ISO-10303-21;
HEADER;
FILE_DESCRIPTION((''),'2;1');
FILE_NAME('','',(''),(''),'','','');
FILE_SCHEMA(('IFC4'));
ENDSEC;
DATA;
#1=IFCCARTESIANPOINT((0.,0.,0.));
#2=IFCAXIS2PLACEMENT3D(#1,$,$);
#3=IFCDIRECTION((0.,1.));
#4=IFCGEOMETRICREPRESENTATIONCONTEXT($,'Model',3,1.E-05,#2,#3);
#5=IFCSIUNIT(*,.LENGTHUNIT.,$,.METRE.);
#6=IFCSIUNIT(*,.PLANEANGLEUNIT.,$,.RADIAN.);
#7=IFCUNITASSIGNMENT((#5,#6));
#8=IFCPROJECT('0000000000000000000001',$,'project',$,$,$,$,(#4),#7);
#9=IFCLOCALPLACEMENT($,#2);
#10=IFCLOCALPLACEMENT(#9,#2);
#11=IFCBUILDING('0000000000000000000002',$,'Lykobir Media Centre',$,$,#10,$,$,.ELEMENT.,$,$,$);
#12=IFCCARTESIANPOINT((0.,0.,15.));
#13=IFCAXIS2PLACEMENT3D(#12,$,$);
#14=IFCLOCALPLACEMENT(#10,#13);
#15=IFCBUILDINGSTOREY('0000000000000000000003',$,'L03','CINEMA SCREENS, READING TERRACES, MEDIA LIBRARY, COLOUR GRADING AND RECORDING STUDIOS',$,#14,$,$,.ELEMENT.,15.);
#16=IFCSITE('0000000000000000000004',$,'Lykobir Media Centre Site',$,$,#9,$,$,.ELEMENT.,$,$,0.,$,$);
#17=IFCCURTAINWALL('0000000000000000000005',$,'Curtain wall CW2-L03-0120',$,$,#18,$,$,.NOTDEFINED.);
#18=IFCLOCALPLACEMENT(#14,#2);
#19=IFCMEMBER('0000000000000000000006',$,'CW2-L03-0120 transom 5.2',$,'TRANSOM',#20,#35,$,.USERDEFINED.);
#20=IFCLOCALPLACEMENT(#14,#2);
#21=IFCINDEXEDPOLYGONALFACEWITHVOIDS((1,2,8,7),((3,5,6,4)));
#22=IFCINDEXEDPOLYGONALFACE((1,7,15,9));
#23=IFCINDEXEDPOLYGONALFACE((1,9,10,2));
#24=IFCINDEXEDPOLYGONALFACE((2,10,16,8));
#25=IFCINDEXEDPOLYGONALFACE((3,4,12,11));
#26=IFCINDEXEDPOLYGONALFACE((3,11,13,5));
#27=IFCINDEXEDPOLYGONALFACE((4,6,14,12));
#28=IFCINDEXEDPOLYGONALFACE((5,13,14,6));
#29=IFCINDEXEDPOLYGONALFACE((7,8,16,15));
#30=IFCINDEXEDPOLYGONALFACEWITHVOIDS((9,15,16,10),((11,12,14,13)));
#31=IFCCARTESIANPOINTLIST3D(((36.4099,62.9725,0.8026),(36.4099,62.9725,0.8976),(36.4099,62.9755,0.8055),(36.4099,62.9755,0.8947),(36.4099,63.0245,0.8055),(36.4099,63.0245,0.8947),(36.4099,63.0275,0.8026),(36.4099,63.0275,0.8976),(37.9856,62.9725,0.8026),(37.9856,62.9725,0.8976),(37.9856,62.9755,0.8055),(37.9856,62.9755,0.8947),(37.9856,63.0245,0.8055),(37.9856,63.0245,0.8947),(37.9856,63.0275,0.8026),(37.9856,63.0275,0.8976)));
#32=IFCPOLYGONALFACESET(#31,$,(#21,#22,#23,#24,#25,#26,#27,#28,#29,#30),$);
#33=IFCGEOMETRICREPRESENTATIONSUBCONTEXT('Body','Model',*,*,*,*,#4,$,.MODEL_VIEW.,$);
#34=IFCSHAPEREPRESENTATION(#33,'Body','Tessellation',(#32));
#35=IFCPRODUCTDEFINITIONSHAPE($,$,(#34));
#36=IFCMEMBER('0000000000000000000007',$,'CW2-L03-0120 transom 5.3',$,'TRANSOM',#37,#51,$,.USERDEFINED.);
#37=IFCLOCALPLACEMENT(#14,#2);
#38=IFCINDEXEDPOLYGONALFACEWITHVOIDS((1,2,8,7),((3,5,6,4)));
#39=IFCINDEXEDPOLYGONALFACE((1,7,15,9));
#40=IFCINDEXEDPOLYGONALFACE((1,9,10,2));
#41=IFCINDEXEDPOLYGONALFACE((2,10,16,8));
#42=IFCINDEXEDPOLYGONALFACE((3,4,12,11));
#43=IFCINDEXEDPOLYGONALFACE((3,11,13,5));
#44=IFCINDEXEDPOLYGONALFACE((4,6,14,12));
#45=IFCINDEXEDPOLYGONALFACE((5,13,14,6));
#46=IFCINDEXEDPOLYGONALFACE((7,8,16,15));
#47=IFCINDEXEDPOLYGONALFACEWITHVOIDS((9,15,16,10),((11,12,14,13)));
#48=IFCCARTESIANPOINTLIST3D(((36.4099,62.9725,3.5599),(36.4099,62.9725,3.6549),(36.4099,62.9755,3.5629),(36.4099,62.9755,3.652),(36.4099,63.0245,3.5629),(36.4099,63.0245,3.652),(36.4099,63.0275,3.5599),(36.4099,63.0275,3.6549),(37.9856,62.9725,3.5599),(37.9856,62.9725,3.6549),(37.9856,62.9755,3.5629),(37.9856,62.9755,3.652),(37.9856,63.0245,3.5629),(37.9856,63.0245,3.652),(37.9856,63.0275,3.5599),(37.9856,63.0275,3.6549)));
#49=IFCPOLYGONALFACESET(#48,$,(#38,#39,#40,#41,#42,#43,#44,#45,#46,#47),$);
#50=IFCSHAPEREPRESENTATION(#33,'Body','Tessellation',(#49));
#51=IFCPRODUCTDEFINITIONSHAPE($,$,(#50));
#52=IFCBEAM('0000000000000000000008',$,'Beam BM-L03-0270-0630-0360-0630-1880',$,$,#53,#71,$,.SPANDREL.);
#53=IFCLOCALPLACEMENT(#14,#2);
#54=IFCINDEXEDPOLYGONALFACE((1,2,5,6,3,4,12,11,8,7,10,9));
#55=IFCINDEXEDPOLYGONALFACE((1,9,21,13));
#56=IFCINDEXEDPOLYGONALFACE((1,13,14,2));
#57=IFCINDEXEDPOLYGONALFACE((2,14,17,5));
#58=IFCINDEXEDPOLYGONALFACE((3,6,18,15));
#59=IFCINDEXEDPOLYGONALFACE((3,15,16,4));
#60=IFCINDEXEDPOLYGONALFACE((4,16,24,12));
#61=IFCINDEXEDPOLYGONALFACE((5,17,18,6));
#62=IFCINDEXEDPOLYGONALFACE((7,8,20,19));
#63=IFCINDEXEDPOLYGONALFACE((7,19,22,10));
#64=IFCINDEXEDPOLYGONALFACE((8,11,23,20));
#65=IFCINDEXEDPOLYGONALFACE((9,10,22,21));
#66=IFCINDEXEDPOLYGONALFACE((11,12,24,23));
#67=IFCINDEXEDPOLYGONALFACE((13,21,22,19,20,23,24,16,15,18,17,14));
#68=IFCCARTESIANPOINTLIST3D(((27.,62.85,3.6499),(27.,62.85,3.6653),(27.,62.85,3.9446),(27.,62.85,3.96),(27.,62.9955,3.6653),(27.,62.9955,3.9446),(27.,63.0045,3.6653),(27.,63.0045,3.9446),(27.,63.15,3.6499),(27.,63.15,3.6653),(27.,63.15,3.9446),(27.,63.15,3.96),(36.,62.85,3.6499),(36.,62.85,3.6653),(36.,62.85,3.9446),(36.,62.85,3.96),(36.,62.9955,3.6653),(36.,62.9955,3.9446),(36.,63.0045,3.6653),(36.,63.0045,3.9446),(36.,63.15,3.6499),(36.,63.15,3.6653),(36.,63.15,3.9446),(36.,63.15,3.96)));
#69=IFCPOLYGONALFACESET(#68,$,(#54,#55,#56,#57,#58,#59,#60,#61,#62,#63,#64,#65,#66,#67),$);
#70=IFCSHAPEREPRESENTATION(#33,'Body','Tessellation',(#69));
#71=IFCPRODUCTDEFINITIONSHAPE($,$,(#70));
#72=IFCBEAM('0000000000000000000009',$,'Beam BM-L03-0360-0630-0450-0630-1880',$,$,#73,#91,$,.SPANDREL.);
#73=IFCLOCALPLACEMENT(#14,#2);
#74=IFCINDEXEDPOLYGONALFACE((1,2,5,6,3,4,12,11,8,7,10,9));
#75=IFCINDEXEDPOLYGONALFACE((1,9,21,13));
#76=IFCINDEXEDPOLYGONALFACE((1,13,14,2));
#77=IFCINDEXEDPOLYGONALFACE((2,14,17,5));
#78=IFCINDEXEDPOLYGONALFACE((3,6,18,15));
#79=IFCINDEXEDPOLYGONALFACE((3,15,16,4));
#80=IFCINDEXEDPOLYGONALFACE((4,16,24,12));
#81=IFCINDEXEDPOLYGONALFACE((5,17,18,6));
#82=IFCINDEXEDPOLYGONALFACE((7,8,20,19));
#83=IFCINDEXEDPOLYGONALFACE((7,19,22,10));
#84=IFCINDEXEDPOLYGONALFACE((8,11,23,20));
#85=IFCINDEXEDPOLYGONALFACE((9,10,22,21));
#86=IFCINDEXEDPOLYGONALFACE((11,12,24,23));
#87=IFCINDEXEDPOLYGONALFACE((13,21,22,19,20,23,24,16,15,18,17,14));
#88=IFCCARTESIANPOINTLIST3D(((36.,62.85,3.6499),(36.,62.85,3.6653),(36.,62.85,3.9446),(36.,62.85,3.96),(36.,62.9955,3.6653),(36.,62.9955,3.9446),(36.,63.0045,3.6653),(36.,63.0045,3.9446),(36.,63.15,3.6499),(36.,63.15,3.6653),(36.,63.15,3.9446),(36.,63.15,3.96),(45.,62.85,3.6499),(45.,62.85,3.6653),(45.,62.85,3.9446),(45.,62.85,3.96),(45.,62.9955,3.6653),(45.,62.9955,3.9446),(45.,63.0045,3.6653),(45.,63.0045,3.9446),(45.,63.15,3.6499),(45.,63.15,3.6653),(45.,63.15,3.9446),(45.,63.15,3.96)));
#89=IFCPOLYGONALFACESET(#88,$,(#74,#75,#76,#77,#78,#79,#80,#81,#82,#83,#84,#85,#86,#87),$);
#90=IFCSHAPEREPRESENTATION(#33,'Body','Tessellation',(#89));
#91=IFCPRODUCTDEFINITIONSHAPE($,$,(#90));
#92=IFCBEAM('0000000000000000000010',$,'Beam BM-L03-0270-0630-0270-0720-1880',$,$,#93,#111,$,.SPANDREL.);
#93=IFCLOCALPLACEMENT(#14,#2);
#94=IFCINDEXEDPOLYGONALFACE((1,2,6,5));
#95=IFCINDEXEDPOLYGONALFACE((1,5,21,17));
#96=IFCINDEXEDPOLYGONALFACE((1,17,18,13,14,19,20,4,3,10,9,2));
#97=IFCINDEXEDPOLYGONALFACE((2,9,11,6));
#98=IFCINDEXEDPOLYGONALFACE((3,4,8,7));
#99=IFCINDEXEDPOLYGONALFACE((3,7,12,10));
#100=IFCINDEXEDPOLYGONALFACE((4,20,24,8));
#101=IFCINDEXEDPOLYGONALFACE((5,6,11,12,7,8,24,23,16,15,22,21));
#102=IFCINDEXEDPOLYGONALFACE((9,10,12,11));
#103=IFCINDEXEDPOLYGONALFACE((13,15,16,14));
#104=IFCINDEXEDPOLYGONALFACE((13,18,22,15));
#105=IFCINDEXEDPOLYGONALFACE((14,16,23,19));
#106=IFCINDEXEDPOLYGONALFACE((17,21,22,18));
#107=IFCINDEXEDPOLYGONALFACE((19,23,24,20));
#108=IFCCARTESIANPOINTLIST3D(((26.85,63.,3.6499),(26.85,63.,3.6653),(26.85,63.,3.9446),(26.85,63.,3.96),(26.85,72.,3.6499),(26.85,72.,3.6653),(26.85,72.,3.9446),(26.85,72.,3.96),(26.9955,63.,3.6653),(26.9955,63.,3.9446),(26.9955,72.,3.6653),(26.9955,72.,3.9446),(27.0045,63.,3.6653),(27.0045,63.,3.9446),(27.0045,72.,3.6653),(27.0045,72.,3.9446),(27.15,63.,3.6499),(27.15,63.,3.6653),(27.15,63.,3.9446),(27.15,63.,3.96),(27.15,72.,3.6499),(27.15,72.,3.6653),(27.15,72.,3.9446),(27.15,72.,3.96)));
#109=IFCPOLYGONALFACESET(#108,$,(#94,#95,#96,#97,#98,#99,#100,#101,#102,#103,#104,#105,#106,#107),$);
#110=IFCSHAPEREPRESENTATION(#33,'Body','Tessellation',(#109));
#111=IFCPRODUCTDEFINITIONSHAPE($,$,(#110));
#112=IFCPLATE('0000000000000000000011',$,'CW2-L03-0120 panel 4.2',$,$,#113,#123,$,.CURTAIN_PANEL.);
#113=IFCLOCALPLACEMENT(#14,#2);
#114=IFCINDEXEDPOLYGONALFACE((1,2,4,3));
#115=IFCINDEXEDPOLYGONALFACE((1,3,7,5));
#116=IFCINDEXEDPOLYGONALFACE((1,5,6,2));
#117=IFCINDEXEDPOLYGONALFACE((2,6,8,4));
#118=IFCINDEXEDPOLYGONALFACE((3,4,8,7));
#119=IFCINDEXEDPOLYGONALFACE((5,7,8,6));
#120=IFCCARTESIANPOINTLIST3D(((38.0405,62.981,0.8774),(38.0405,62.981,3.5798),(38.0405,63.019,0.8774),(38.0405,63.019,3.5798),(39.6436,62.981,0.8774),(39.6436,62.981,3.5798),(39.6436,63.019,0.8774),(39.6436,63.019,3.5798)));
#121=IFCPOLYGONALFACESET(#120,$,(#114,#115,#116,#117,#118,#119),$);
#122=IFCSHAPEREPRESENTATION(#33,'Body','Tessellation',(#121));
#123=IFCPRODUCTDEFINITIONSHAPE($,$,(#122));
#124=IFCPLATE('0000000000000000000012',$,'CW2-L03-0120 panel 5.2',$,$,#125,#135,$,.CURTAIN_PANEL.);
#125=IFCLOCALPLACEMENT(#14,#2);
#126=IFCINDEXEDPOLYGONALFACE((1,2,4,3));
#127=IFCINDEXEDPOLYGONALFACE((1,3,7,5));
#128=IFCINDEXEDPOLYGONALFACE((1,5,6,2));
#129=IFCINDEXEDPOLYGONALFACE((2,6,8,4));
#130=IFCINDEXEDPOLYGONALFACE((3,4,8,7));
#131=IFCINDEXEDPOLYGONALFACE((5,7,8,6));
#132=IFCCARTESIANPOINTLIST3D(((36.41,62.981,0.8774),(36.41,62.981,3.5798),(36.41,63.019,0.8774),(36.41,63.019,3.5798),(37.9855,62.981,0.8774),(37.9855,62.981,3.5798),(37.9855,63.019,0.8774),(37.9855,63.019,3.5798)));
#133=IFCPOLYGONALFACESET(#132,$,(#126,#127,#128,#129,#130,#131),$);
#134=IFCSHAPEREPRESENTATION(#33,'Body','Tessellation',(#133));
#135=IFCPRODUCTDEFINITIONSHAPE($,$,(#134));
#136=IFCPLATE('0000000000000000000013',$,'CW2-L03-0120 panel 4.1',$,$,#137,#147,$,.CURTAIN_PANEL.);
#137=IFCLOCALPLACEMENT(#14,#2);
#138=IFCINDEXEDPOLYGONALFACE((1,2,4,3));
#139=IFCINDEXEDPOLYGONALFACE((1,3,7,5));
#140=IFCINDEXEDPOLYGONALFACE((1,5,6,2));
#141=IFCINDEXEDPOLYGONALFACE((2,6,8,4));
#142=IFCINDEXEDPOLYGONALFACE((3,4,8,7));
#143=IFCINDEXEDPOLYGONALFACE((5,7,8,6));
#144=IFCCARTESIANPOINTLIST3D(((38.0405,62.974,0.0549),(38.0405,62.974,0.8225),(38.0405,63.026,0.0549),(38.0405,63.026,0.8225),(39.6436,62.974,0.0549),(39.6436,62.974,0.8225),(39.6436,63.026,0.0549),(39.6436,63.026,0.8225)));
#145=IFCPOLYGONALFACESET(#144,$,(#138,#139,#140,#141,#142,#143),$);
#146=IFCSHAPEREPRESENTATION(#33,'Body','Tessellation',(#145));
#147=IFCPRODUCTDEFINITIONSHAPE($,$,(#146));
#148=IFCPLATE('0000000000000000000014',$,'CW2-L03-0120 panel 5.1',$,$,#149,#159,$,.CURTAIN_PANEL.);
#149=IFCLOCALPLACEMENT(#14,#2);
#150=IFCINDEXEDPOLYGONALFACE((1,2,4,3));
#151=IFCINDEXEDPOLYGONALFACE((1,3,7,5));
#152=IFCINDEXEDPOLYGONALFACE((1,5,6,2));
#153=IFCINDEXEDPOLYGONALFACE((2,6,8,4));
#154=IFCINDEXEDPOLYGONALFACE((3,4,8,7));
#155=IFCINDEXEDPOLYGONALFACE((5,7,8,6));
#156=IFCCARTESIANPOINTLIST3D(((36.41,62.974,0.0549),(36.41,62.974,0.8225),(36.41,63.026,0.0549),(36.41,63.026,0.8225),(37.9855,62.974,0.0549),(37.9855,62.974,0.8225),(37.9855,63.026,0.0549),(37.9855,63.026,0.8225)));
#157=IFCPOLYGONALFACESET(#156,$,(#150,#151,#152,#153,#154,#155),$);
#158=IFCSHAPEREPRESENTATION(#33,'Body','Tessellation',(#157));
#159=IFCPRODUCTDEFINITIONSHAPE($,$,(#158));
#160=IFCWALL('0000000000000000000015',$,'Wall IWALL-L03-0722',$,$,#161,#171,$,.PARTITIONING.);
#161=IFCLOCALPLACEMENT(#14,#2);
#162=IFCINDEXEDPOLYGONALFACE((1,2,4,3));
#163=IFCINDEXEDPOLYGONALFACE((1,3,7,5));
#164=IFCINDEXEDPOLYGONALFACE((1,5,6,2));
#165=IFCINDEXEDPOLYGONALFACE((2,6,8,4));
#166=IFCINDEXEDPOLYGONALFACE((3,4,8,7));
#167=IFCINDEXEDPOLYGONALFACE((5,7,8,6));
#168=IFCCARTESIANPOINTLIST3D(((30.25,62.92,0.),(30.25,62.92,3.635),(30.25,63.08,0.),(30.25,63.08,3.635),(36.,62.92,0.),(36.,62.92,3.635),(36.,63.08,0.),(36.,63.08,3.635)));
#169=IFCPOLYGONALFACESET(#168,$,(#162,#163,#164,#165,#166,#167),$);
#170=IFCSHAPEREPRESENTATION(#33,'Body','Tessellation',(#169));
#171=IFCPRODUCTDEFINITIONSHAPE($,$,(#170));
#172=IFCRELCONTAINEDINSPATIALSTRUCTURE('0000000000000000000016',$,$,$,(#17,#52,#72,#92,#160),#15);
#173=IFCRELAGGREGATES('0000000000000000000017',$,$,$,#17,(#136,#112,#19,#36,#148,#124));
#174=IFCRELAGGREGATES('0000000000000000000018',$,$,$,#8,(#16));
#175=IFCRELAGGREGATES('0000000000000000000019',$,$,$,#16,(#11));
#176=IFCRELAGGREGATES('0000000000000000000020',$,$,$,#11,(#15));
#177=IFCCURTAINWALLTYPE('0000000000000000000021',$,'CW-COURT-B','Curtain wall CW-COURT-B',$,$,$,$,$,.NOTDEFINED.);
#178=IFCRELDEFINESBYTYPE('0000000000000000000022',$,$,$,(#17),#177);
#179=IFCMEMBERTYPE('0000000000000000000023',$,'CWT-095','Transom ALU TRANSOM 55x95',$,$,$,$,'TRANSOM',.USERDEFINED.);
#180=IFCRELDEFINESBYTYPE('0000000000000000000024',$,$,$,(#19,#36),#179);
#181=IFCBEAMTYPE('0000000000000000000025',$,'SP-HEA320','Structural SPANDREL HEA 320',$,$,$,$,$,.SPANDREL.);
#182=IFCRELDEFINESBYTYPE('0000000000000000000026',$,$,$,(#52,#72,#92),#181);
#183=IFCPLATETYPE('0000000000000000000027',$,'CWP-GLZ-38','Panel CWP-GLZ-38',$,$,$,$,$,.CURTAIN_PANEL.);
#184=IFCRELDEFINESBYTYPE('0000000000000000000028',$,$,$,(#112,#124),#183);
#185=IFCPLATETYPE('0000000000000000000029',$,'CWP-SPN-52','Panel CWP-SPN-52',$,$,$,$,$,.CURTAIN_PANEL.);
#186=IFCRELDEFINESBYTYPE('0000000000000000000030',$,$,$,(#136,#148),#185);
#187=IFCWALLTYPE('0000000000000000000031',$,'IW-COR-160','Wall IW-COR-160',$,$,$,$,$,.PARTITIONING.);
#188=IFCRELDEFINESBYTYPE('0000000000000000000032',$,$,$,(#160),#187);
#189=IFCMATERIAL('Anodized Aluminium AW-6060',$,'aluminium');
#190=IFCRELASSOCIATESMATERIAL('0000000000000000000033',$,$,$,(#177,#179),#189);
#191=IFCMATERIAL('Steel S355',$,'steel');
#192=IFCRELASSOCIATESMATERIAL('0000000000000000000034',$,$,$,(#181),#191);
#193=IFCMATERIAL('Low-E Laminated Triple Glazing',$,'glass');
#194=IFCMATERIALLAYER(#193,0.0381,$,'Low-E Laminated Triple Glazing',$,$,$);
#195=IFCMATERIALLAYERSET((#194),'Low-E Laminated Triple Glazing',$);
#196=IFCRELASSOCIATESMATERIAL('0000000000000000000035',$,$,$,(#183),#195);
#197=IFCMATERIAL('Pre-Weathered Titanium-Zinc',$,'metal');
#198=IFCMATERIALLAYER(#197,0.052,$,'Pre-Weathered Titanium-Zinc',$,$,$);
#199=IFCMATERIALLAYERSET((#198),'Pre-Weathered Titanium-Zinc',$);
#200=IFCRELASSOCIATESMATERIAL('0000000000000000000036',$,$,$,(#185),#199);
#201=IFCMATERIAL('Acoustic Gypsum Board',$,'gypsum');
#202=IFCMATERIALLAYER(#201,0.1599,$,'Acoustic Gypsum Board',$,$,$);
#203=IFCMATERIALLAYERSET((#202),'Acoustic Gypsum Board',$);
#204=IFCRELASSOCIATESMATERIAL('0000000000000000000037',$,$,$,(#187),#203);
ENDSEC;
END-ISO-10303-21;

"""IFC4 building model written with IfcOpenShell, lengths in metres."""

from ifc_helpers import new_model, si_unit, direction, frame, frame_2d, origin, origin_2d, place, context, subcontext, project, spatial, rectangle, hollow_rectangle, i_section, extrude, material, layer, layer_set, material_profile, profile_set, type_object, element, aggregate, save


model = new_model("IFC4")

# Units and contexts
model_context = context("Model", 3, precision=1e-05, world=origin(), true_north=direction((0.0, 1.0)))
body_context = subcontext(model_context, "Body", "Model", "MODEL_VIEW")
ifc_project = project(units=[si_unit("LENGTHUNIT", "METRE"), si_unit("PLANEANGLEUNIT", "RADIAN")], contexts=[model_context])

# Site, building, storey
site_placement = place(None, origin())
site = spatial("IfcSite", under=ifc_project, at=site_placement, Name="Lykobir Media Centre Site", CompositionType="ELEMENT", RefElevation=0.0)
building_placement = place(site_placement, origin())
building = spatial("IfcBuilding", under=site, at=building_placement, Name="Lykobir Media Centre", CompositionType="ELEMENT")
storey_placement = place(building_placement, frame((0.0, 0.0, 15.0)))
storey = spatial("IfcBuildingStorey", under=building, at=storey_placement, Name="L03", Description="CINEMA SCREENS, READING TERRACES, MEDIA LIBRARY, COLOUR GRADING AND RECORDING STUDIOS", CompositionType="ELEMENT", Elevation=15.0)

# Shared definitions
ifc_material_1 = material(Name="Steel S355", Category="steel")

# Shared definitions
ifc_material_2 = material(Name="Anodized Aluminium AW-6060", Category="aluminium")
curtain_wall_type = type_object("IfcCurtainWallType", Name="CW-COURT-B", Description="Curtain wall CW-COURT-B", PredefinedType="NOTDEFINED", material=ifc_material_2)

# Curtain wall
curtain_wall_1_placement = place(storey_placement, origin())
curtain_wall_1 = element("IfcCurtainWall", 1, at=curtain_wall_1_placement, inside=storey, type_object=curtain_wall_type, Name="Curtain wall CW2-L03-0120", PredefinedType="NOTDEFINED")

# Members
ifc_material_profile_1 = material_profile(ifc_material_2, hollow_rectangle(XDim=0.0549, YDim=0.095, WallThickness=0.0029, at=origin_2d()), Name="ALU TRANSOM 55x95")
ifc_profile_set_1 = profile_set([ifc_material_profile_1], Name="Anodized Aluminium AW-6060")
member_type_1 = type_object("IfcMemberType", Name="CWT-095", Description="Transom ALU TRANSOM 55x95", ElementType="TRANSOM", PredefinedType="USERDEFINED", material=ifc_profile_set_1)
member_1_placement = place(storey_placement, frame((37.9856, 63.0, 0.8501), z_axis=(-1.0, 0.0, 0.0), x_axis=(0.0, -1.0, 0.0)))
member_1 = element("IfcMember", 2, at=member_1_placement, type_object=member_type_1, Name="CW2-L03-0120 transom 5.2", ObjectType="TRANSOM", PredefinedType="USERDEFINED", context=body_context, shape_type="SweptSolid", body=[
    extrude(hollow_rectangle(XDim=0.0549, YDim=0.095, WallThickness=0.0029, at=origin_2d()), origin(), (0.0, 0.0, 1.0), 1.5757),
])
member_2_placement = place(storey_placement, frame((37.9856, 63.0, 3.6074), z_axis=(-1.0, 0.0, 0.0), x_axis=(0.0, -1.0, 0.0)))
member_2 = element("IfcMember", 3, at=member_2_placement, type_object=member_type_1, Name="CW2-L03-0120 transom 5.3", ObjectType="TRANSOM", PredefinedType="USERDEFINED", context=body_context, shape_type="SweptSolid", body=[
    extrude(hollow_rectangle(XDim=0.0549, YDim=0.095, WallThickness=0.0029, at=origin_2d()), origin(), (0.0, 0.0, 1.0), 1.5757),
])

# Beams
ifc_material_profile_2 = material_profile(ifc_material_1, i_section(OverallWidth=0.3, OverallDepth=0.3101, WebThickness=0.009, FlangeThickness=0.0154, at=origin_2d()), Name="HEA 320")
ifc_profile_set_2 = profile_set([ifc_material_profile_2], Name="Steel S355")
beam_type_1 = type_object("IfcBeamType", Name="SP-HEA320", Description="Structural SPANDREL HEA 320", PredefinedType="SPANDREL", material=ifc_profile_set_2)
for number, where, z_axis, x_axis, name in (
    (4, (27.0, 63.0, 3.8049), (1.0, 0.0, 0.0), (0.0, 1.0, 0.0), "Beam BM-L03-0270-0630-0360-0630-1880"),
    (5, (36.0, 63.0, 3.8049), (1.0, 0.0, 0.0), (0.0, 1.0, 0.0), "Beam BM-L03-0360-0630-0450-0630-1880"),
    (6, (27.0, 63.0, 3.8049), (0.0, 1.0, 0.0), (-1.0, 0.0, 0.0), "Beam BM-L03-0270-0630-0270-0720-1880"),
):
    element("IfcBeam", number, at=place(storey_placement, frame(where, z_axis=z_axis, x_axis=x_axis)), inside=storey, type_object=beam_type_1, Name=name, PredefinedType="SPANDREL", context=body_context, shape_type="SweptSolid", body=[
        extrude(i_section(OverallWidth=0.3, OverallDepth=0.3101, WebThickness=0.009, FlangeThickness=0.0154, at=origin_2d()), origin(), (0.0, 0.0, 1.0), 9.0),
    ])

# Plates
ifc_material_3 = material(Name="Low-E Laminated Triple Glazing", Category="glass")
ifc_layer_1 = layer(ifc_material_3, 0.0381, Name="Low-E Laminated Triple Glazing")
ifc_layer_set_1 = layer_set([ifc_layer_1], Name="Low-E Laminated Triple Glazing")
plate_type_1 = type_object("IfcPlateType", Name="CWP-GLZ-38", Description="Panel CWP-GLZ-38", PredefinedType="CURTAIN_PANEL", material=ifc_layer_set_1)
plate_1_placement = place(storey_placement, frame((38.842, 63.0, 0.8774), z_axis=(0.0, 0.0, 1.0), x_axis=(-1.0, 0.0, 0.0)))
plate_1 = element("IfcPlate", 7, at=plate_1_placement, type_object=plate_type_1, Name="CW2-L03-0120 panel 4.2", PredefinedType="CURTAIN_PANEL", context=body_context, shape_type="SweptSolid", body=[
    extrude(rectangle(XDim=1.603, YDim=0.0381, at=origin_2d()), origin(), (0.0, 0.0, 1.0), 2.7024),
])
plate_2_placement = place(storey_placement, frame((37.1978, 63.0, 0.8774), z_axis=(0.0, 0.0, 1.0), x_axis=(-1.0, 0.0, 0.0)))
plate_2 = element("IfcPlate", 8, at=plate_2_placement, type_object=plate_type_1, Name="CW2-L03-0120 panel 5.2", PredefinedType="CURTAIN_PANEL", context=body_context, shape_type="SweptSolid", body=[
    extrude(rectangle(XDim=1.5754, YDim=0.0381, at=origin_2d()), origin(), (0.0, 0.0, 1.0), 2.7024),
])
ifc_material_4 = material(Name="Pre-Weathered Titanium-Zinc", Category="metal")
ifc_layer_2 = layer(ifc_material_4, 0.052, Name="Pre-Weathered Titanium-Zinc")
ifc_layer_set_2 = layer_set([ifc_layer_2], Name="Pre-Weathered Titanium-Zinc")
plate_type_2 = type_object("IfcPlateType", Name="CWP-SPN-52", Description="Panel CWP-SPN-52", PredefinedType="CURTAIN_PANEL", material=ifc_layer_set_2)
plate_3_placement = place(storey_placement, frame((38.842, 63.0, 0.0549), z_axis=(0.0, 0.0, 1.0), x_axis=(-1.0, 0.0, 0.0)))
plate_3 = element("IfcPlate", 9, at=plate_3_placement, type_object=plate_type_2, Name="CW2-L03-0120 panel 4.1", PredefinedType="CURTAIN_PANEL", context=body_context, shape_type="SweptSolid", body=[
    extrude(rectangle(XDim=1.603, YDim=0.052, at=origin_2d()), origin(), (0.0, 0.0, 1.0), 0.7676),
])
plate_4_placement = place(storey_placement, frame((37.1978, 63.0, 0.0549), z_axis=(0.0, 0.0, 1.0), x_axis=(-1.0, 0.0, 0.0)))
plate_4 = element("IfcPlate", 10, at=plate_4_placement, type_object=plate_type_2, Name="CW2-L03-0120 panel 5.1", PredefinedType="CURTAIN_PANEL", context=body_context, shape_type="SweptSolid", body=[
    extrude(rectangle(XDim=1.5754, YDim=0.052, at=origin_2d()), origin(), (0.0, 0.0, 1.0), 0.7676),
])
aggregate(curtain_wall_1, [plate_3, plate_1, member_1, member_2, plate_4, plate_2])

# Wall
ifc_material_5 = material(Name="Acoustic Gypsum Board", Category="gypsum")
ifc_layer_3 = layer(ifc_material_5, 0.1599, Name="Acoustic Gypsum Board")
ifc_layer_set_3 = layer_set([ifc_layer_3], Name="Acoustic Gypsum Board")
wall_type = type_object("IfcWallType", Name="IW-COR-160", Description="Wall IW-COR-160", PredefinedType="PARTITIONING", material=ifc_layer_set_3)
wall_placement = place(storey_placement, frame((30.25, 63.0, 0.0), z_axis=(0.0, 0.0, 1.0), x_axis=(1.0, 0.0, 0.0)))
element("IfcWall", 11, at=wall_placement, inside=storey, type_object=wall_type, Name="Wall IWALL-L03-0722", PredefinedType="PARTITIONING", context=body_context, shape_type="SweptSolid", body=[
    extrude(rectangle(XDim=5.75, YDim=0.1599, at=frame_2d((2.875, 0.0))), origin(), (0.0, 0.0, 1.0), 3.635),
])

save(model, "model.ifc")
